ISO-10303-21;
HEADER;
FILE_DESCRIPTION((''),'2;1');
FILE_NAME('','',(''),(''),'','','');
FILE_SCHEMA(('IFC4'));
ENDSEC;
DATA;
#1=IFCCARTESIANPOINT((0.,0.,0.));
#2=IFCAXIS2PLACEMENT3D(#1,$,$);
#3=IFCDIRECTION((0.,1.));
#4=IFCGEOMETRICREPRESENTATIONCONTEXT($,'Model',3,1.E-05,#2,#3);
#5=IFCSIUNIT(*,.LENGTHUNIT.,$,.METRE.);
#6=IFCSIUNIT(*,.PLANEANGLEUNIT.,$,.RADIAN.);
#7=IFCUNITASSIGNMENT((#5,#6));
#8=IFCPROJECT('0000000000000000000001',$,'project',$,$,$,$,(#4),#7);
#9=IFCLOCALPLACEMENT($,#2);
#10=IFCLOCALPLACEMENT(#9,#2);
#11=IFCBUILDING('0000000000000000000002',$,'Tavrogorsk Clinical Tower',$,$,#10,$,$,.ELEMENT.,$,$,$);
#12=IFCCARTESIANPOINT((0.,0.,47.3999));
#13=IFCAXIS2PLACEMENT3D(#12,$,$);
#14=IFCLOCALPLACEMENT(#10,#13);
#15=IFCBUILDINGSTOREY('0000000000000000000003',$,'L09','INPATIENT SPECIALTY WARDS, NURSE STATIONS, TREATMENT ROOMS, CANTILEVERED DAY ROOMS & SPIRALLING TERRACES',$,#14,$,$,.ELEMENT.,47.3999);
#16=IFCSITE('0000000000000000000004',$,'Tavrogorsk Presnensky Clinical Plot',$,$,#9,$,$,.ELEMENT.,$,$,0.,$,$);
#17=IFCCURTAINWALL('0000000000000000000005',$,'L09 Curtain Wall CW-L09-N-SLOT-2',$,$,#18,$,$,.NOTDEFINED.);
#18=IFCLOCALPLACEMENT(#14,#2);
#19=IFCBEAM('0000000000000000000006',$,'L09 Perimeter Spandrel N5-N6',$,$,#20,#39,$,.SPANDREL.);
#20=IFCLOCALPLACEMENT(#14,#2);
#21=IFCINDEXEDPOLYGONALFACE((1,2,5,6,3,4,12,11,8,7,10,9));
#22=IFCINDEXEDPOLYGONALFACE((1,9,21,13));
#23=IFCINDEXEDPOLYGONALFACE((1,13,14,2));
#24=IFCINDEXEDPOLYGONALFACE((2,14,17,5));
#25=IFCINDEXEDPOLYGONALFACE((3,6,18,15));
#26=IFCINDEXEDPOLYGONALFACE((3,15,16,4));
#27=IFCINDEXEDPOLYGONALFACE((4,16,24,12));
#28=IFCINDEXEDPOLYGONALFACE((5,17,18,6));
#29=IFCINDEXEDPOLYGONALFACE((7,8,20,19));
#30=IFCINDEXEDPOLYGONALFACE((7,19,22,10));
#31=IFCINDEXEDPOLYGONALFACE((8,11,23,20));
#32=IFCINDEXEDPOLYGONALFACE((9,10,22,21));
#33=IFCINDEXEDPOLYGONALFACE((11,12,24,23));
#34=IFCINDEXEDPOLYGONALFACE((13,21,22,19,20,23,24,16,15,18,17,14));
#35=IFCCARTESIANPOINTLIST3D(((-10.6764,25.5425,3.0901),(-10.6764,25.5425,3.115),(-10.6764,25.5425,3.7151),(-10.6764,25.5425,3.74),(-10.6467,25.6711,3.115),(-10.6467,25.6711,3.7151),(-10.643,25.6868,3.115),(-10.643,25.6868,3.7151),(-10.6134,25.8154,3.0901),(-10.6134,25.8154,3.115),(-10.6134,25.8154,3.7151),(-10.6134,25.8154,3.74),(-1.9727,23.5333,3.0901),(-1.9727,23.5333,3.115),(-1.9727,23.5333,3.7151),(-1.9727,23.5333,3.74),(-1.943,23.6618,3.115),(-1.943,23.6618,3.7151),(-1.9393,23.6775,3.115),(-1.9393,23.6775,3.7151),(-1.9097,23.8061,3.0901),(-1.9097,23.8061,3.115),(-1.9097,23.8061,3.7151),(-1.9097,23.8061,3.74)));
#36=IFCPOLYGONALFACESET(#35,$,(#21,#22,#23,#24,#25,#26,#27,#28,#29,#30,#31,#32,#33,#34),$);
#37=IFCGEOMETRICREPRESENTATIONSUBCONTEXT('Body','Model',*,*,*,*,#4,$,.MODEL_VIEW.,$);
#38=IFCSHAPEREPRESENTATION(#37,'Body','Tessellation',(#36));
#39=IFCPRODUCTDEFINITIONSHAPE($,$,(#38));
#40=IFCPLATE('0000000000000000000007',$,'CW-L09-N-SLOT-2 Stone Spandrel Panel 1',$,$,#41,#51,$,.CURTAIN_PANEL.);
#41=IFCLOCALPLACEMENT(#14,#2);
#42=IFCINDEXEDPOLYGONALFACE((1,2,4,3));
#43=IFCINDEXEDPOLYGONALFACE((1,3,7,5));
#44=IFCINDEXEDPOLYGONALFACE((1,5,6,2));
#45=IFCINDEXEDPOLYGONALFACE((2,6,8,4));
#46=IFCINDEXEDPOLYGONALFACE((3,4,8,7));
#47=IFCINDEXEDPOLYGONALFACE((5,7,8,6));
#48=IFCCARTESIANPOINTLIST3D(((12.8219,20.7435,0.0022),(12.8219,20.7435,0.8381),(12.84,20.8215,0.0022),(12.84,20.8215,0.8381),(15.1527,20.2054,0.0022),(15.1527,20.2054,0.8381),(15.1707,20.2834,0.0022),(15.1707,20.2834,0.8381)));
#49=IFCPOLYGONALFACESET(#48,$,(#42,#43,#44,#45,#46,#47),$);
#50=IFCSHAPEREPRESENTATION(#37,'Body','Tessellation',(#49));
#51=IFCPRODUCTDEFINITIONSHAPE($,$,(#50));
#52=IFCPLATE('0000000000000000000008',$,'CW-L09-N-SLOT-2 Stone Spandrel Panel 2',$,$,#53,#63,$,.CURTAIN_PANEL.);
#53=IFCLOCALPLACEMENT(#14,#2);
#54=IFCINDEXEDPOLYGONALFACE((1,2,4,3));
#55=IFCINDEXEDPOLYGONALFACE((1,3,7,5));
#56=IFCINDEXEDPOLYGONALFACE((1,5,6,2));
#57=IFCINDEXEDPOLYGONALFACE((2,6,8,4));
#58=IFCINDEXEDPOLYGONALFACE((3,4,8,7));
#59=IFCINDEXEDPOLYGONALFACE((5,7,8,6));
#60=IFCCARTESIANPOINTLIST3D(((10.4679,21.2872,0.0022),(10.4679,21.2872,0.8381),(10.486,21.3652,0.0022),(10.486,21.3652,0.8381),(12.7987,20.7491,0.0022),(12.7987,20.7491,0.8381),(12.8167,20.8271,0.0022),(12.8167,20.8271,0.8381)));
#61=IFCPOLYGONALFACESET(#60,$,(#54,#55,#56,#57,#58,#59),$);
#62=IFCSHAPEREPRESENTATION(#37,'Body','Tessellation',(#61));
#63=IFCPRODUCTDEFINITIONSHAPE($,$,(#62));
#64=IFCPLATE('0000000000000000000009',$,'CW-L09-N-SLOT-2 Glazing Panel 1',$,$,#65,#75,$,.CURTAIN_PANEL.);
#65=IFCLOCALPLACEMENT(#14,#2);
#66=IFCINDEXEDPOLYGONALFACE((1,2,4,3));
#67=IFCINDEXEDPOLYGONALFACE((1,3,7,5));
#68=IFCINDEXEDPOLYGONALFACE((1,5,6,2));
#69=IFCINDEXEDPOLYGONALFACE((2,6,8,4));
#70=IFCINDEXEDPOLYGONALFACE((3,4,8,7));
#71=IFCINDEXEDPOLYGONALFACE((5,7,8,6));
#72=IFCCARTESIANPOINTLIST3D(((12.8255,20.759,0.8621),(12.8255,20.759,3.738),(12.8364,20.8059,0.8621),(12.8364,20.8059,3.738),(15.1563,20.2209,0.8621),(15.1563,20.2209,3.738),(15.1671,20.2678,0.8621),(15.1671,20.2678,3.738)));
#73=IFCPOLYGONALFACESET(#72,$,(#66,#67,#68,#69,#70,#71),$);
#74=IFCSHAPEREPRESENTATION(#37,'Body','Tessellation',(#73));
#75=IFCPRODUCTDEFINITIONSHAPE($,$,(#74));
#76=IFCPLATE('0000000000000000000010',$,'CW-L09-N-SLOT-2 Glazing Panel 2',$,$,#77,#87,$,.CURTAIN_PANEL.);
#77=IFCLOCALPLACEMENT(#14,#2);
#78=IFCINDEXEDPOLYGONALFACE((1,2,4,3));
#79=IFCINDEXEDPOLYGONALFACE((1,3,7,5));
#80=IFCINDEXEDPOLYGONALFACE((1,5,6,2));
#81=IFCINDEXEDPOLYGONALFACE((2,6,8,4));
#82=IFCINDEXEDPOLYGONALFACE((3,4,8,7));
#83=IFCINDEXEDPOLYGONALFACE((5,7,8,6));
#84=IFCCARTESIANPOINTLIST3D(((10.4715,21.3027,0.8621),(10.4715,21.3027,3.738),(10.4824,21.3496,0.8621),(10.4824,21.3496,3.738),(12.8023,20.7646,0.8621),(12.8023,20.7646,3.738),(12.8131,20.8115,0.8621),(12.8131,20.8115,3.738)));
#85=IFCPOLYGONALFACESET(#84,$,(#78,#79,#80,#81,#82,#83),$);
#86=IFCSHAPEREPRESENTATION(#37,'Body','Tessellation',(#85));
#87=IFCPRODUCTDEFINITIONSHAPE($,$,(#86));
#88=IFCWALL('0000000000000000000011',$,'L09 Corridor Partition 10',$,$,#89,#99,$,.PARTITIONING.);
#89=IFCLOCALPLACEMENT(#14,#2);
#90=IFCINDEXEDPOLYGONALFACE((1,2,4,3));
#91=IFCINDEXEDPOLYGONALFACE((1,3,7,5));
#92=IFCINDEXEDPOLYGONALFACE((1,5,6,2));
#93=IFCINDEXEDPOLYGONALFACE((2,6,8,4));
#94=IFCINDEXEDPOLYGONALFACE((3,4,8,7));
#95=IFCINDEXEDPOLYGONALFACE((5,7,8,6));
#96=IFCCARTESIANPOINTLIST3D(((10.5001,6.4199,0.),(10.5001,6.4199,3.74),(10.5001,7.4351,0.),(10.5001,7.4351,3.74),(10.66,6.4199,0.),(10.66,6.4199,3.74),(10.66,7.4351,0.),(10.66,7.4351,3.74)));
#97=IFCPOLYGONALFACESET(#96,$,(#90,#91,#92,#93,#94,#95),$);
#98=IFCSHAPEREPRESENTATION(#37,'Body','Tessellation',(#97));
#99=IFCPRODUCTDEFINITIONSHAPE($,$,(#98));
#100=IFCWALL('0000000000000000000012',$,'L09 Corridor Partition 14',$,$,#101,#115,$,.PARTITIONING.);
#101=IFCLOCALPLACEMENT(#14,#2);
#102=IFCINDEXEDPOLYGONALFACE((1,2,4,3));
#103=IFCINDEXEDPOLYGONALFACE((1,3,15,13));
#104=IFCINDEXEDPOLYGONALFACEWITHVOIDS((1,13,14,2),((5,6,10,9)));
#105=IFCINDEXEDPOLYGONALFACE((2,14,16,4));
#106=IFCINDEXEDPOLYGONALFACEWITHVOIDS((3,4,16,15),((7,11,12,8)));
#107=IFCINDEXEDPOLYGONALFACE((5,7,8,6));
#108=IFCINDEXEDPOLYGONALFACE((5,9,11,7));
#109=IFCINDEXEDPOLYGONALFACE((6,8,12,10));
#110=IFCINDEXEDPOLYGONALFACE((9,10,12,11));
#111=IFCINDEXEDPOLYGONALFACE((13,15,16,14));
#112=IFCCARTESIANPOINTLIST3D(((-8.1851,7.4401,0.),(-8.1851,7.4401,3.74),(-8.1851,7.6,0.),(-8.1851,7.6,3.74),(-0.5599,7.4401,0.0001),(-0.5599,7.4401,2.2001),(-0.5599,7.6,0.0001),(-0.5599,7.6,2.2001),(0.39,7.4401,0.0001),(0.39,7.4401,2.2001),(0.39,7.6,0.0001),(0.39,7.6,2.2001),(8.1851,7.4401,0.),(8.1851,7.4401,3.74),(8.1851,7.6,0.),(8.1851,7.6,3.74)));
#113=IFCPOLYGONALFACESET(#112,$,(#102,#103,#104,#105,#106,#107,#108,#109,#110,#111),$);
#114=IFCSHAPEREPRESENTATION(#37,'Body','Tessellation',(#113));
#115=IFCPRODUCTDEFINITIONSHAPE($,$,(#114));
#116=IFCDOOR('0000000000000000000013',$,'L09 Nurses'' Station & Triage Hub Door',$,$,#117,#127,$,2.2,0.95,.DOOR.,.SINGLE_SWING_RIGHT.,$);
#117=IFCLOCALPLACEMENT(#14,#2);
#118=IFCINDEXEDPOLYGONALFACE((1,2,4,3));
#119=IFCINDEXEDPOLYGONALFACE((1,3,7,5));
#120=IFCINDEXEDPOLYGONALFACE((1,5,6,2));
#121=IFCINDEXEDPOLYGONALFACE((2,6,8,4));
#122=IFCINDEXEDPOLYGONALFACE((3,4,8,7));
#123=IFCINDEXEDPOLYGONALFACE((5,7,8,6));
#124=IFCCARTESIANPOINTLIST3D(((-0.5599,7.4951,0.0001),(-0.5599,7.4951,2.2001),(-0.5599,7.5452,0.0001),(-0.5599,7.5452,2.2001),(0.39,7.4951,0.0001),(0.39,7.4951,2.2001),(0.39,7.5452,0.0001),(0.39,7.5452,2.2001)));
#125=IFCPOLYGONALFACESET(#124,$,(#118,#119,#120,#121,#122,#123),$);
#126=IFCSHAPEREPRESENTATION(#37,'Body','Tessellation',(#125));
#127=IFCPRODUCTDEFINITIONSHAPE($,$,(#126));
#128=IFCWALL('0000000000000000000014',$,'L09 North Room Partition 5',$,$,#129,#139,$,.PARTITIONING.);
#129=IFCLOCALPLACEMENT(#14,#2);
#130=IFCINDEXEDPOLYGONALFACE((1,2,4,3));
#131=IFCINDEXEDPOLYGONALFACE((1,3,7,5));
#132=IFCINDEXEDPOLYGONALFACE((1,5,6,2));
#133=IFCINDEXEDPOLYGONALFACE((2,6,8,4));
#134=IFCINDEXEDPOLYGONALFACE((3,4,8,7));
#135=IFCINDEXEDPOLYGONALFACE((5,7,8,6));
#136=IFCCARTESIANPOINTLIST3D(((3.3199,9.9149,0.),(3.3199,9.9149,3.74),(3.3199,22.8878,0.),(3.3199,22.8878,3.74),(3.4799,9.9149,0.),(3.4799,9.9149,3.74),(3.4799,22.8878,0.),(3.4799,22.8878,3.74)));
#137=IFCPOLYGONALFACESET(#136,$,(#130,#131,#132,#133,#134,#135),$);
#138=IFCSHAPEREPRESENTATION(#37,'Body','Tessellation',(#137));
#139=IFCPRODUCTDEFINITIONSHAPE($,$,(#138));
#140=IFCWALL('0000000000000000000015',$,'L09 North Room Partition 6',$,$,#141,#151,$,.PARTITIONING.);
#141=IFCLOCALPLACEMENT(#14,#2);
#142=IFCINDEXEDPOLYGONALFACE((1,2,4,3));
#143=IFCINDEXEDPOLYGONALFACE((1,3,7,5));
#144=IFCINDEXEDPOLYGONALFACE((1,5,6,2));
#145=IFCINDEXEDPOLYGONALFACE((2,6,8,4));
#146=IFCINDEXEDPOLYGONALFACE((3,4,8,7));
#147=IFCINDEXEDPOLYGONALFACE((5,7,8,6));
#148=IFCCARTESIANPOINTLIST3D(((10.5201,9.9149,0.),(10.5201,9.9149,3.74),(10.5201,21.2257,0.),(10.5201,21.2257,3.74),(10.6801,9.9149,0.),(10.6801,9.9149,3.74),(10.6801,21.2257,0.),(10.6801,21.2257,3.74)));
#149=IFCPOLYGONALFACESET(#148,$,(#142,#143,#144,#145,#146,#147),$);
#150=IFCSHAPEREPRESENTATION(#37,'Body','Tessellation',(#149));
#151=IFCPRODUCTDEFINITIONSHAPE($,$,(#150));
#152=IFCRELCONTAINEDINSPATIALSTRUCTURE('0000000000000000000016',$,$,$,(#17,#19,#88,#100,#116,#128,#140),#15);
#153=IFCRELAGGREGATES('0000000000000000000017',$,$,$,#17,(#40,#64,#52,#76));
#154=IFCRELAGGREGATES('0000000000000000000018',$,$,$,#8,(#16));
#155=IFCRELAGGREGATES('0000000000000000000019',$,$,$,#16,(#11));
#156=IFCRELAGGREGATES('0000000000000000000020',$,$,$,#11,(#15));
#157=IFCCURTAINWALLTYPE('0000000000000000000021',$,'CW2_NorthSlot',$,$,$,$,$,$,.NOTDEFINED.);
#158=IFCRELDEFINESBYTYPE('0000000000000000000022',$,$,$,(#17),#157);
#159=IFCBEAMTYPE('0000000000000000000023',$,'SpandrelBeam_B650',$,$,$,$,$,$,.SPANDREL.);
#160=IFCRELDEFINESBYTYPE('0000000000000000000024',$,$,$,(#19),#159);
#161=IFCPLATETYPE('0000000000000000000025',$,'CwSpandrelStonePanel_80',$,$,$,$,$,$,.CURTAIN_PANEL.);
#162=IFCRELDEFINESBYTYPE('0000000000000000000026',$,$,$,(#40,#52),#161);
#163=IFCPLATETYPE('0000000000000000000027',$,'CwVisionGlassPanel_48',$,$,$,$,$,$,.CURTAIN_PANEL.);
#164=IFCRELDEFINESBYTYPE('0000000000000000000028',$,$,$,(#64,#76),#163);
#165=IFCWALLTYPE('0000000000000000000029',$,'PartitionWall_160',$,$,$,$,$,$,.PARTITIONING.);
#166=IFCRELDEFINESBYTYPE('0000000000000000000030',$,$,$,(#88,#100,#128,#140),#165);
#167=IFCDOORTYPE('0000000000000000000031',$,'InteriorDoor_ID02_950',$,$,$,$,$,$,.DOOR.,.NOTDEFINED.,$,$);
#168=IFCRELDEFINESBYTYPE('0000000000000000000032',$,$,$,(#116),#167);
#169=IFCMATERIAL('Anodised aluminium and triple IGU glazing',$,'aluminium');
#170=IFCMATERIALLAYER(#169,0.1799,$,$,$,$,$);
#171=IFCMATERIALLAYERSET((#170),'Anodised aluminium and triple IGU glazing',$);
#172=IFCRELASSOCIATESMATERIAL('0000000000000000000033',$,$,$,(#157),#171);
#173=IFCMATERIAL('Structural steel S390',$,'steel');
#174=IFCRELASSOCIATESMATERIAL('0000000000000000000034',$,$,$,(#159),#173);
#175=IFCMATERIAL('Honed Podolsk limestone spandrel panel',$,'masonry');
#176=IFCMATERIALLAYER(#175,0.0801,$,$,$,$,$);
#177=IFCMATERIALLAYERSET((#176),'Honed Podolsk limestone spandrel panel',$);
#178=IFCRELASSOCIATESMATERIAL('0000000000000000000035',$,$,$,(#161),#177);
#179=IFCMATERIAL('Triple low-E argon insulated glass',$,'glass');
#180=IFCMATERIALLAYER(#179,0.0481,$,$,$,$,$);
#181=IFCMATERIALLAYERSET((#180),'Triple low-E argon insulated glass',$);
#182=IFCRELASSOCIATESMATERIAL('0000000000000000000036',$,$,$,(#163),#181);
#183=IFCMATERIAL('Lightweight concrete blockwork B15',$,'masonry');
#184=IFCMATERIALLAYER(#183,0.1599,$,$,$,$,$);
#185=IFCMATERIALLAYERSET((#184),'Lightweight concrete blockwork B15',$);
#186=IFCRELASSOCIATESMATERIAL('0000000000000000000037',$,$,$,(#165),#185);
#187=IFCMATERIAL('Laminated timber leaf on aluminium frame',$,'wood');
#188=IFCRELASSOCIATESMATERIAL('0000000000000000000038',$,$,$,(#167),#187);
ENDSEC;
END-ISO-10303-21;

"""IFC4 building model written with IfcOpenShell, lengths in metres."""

from ifc_helpers import new_model, si_unit, direction, frame, frame_2d, origin, origin_2d, place, context, subcontext, project, spatial, rectangle, i_section, extrude, material, layer, layer_set, material_profile, profile_set, type_object, element, fill, aggregate, save


model = new_model("IFC4")

# Units and contexts
model_context = context("Model", 3, precision=1e-05, world=origin(), true_north=direction((0.0, 1.0)))
body_context = subcontext(model_context, "Body", "Model", "MODEL_VIEW")
ifc_project = project(units=[si_unit("LENGTHUNIT", "METRE"), si_unit("PLANEANGLEUNIT", "RADIAN")], contexts=[model_context])

# Site, building, storey
site_placement = place(None, origin())
site = spatial("IfcSite", under=ifc_project, at=site_placement, Name="Tavrogorsk Presnensky Clinical Plot", CompositionType="ELEMENT", RefElevation=0.0)
building_placement = place(site_placement, origin())
building = spatial("IfcBuilding", under=site, at=building_placement, Name="Tavrogorsk Clinical Tower", CompositionType="ELEMENT")
storey_placement = place(building_placement, frame((0.0, 0.0, 47.3999)))
storey = spatial("IfcBuildingStorey", under=building, at=storey_placement, Name="L09", Description="INPATIENT SPECIALTY WARDS, NURSE STATIONS, TREATMENT ROOMS, CANTILEVERED DAY ROOMS & SPIRALLING TERRACES", CompositionType="ELEMENT", Elevation=47.3999)

# Curtain wall
ifc_material_1 = material(Name="Anodised aluminium and triple IGU glazing", Category="aluminium")
ifc_layer_1 = layer(ifc_material_1, 0.1799)
ifc_layer_set_1 = layer_set([ifc_layer_1], Name="Anodised aluminium and triple IGU glazing")
curtain_wall_type = type_object("IfcCurtainWallType", Name="CW2_NorthSlot", PredefinedType="NOTDEFINED", material=ifc_layer_set_1)
curtain_wall_placement = place(storey_placement, origin())
curtain_wall = element("IfcCurtainWall", 1, at=curtain_wall_placement, inside=storey, type_object=curtain_wall_type, Name="L09 Curtain Wall CW-L09-N-SLOT-2", PredefinedType="NOTDEFINED")

# Beam
ifc_material_2 = material(Name="Structural steel S390", Category="steel")
ifc_material_profile_1 = material_profile(ifc_material_2, i_section(OverallWidth=0.28, OverallDepth=0.6499, WebThickness=0.0161, FlangeThickness=0.0249, at=origin_2d()), Name="B-650x280x16x25")
ifc_profile_set_1 = profile_set([ifc_material_profile_1], Name="Structural steel S390")
beam_type_1 = type_object("IfcBeamType", Name="SpandrelBeam_B650", PredefinedType="SPANDREL", material=ifc_profile_set_1)
for number, where, z_axis, x_axis, name in (
    (2, (-1.9412, 23.6697, 3.415), (-0.974373, 0.224939, 0.0), (-0.224939, -0.974373, 0.0), "L09 Perimeter Spandrel N5-N6"),
):
    element("IfcBeam", number, at=place(storey_placement, frame(where, z_axis=z_axis, x_axis=x_axis)), inside=storey, type_object=beam_type_1, Name=name, PredefinedType="SPANDREL", context=body_context, shape_type="SweptSolid", body=[
        extrude(i_section(OverallWidth=0.28, OverallDepth=0.6499, WebThickness=0.0161, FlangeThickness=0.0249, at=origin_2d()), origin(), (0.0, 0.0, 1.0), 8.9326),
    ])

# Plates
ifc_material_3 = material(Name="Honed Podolsk limestone spandrel panel", Category="masonry")
ifc_layer_2 = layer(ifc_material_3, 0.0801)
ifc_layer_set_2 = layer_set([ifc_layer_2], Name="Honed Podolsk limestone spandrel panel")
plate_type_1 = type_object("IfcPlateType", Name="CwSpandrelStonePanel_80", PredefinedType="CURTAIN_PANEL", material=ifc_layer_set_2)
plate_1_placement = place(storey_placement, frame((13.9963, 20.5134, 0.0022), z_axis=(0.0, 0.0, 1.0), x_axis=(-0.97437, 0.224951, 0.0)))
plate_1 = element("IfcPlate", 3, at=plate_1_placement, type_object=plate_type_1, Name="CW-L09-N-SLOT-2 Stone Spandrel Panel 1", PredefinedType="CURTAIN_PANEL", context=body_context, shape_type="SweptSolid", body=[
    extrude(rectangle(XDim=2.3921, YDim=0.0801, at=origin_2d()), origin(), (0.0, 0.0, 1.0), 0.8359),
])
plate_2_placement = place(storey_placement, frame((11.6423, 21.0571, 0.0022), z_axis=(0.0, 0.0, 1.0), x_axis=(-0.97437, 0.224951, 0.0)))
plate_2 = element("IfcPlate", 4, at=plate_2_placement, type_object=plate_type_1, Name="CW-L09-N-SLOT-2 Stone Spandrel Panel 2", PredefinedType="CURTAIN_PANEL", context=body_context, shape_type="SweptSolid", body=[
    extrude(rectangle(XDim=2.3921, YDim=0.0801, at=origin_2d()), origin(), (0.0, 0.0, 1.0), 0.8359),
])
ifc_material_4 = material(Name="Triple low-E argon insulated glass", Category="glass")
ifc_layer_3 = layer(ifc_material_4, 0.0481)
ifc_layer_set_3 = layer_set([ifc_layer_3], Name="Triple low-E argon insulated glass")
plate_type_2 = type_object("IfcPlateType", Name="CwVisionGlassPanel_48", PredefinedType="CURTAIN_PANEL", material=ifc_layer_set_3)
plate_3_placement = place(storey_placement, frame((13.9963, 20.5134, 0.8621), z_axis=(0.0, 0.0, 1.0), x_axis=(-0.97437, 0.224951, 0.0)))
plate_3 = element("IfcPlate", 5, at=plate_3_placement, type_object=plate_type_2, Name="CW-L09-N-SLOT-2 Glazing Panel 1", PredefinedType="CURTAIN_PANEL", context=body_context, shape_type="SweptSolid", body=[
    extrude(rectangle(XDim=2.3921, YDim=0.0481, at=origin_2d()), origin(), (0.0, 0.0, 1.0), 2.876),
])
plate_4_placement = place(storey_placement, frame((11.6423, 21.0571, 0.8621), z_axis=(0.0, 0.0, 1.0), x_axis=(-0.97437, 0.224951, 0.0)))
plate_4 = element("IfcPlate", 6, at=plate_4_placement, type_object=plate_type_2, Name="CW-L09-N-SLOT-2 Glazing Panel 2", PredefinedType="CURTAIN_PANEL", context=body_context, shape_type="SweptSolid", body=[
    extrude(rectangle(XDim=2.3921, YDim=0.0481, at=origin_2d()), origin(), (0.0, 0.0, 1.0), 2.876),
])
aggregate(curtain_wall, [plate_1, plate_3, plate_2, plate_4])

# Wall
ifc_material_5 = material(Name="Lightweight concrete blockwork B15", Category="masonry")
ifc_layer_4 = layer(ifc_material_5, 0.1599)
ifc_layer_set_4 = layer_set([ifc_layer_4], Name="Lightweight concrete blockwork B15")
wall_type_1 = type_object("IfcWallType", Name="PartitionWall_160", PredefinedType="PARTITIONING", material=ifc_layer_set_4)
wall_1_placement = place(storey_placement, frame((10.5801, 7.4351, 0.0), z_axis=(0.0, 0.0, 1.0), x_axis=(0.0, -1.0, 0.0)))
element("IfcWall", 7, at=wall_1_placement, inside=storey, type_object=wall_type_1, Name="L09 Corridor Partition 10", PredefinedType="PARTITIONING", context=body_context, shape_type="SweptSolid", body=[
    extrude(rectangle(XDim=1.0151, YDim=0.1599, at=frame_2d((0.5076, 0.0))), origin(), (0.0, 0.0, 1.0), 3.74),
])

# Wall, opening, door
wall_2_placement = place(storey_placement, frame((8.1851, 7.52, 0.0), z_axis=(0.0, 0.0, 1.0), x_axis=(-1.0, 0.0, 0.0)))
wall_2 = element("IfcWall", 8, at=wall_2_placement, inside=storey, type_object=wall_type_1, Name="L09 Corridor Partition 14", PredefinedType="PARTITIONING", context=body_context, shape_type="SweptSolid", body=[
    extrude(rectangle(XDim=16.3701, YDim=0.1599, at=frame_2d((8.1851, 0.0))), origin(), (0.0, 0.0, 1.0), 3.74),
])
opening_1_placement = place(wall_2_placement, frame((7.7949, 0.0, 0.0)))
opening_1 = element("IfcOpeningElement", 9, at=opening_1_placement, cuts=wall_2, PredefinedType="OPENING", context=body_context, shape_type="SweptSolid", body=[
    extrude(rectangle(XDim=0.95, YDim=2.2, at=frame_2d((0.4751, 1.1001))), frame((0.0, 0.0898, 0.0), z_axis=(0.0, -1.0, 0.0), x_axis=(1.0, 0.0, 0.0)), (0.0, 0.0, 1.0), 0.1799),
])
ifc_material_6 = material(Name="Laminated timber leaf on aluminium frame", Category="wood")
door_type = type_object("IfcDoorType", Name="InteriorDoor_ID02_950", OperationType="NOTDEFINED", PredefinedType="DOOR", material=ifc_material_6)
door_placement = place(opening_1_placement, origin())
door = element("IfcDoor", 10, at=door_placement, inside=storey, type_object=door_type, Name="L09 Nurses' Station & Triage Hub Door", OperationType="SINGLE_SWING_RIGHT", OverallHeight=2.2, OverallWidth=0.95, PredefinedType="DOOR", context=body_context, shape_type="SweptSolid", body=[
    extrude(rectangle(XDim=0.95, YDim=2.2, at=frame_2d((0.4751, 1.1001))), frame((0.0, 0.0249, 0.0), z_axis=(0.0, -1.0, 0.0), x_axis=(1.0, 0.0, 0.0)), (0.0, 0.0, 1.0), 0.05),
])
fill(opening_1, door)

# Walls
wall_3_placement = place(storey_placement, frame((3.3999, 9.915, 0.0), z_axis=(0.0, 0.0, 1.0), x_axis=(0.0, 1.0, 0.0)))
element("IfcWall", 11, at=wall_3_placement, inside=storey, type_object=wall_type_1, Name="L09 North Room Partition 5", PredefinedType="PARTITIONING", context=body_context, shape_type="SweptSolid", body=[
    extrude(rectangle(XDim=12.9729, YDim=0.1599, at=frame_2d((6.4863, 0.0))), origin(), (0.0, 0.0, 1.0), 3.74),
])
wall_4_placement = place(storey_placement, frame((10.6001, 9.915, 0.0), z_axis=(0.0, 0.0, 1.0), x_axis=(0.0, 1.0, 0.0)))
element("IfcWall", 12, at=wall_4_placement, inside=storey, type_object=wall_type_1, Name="L09 North Room Partition 6", PredefinedType="PARTITIONING", context=body_context, shape_type="SweptSolid", body=[
    extrude(rectangle(XDim=11.3108, YDim=0.1599, at=frame_2d((5.6553, 0.0))), origin(), (0.0, 0.0, 1.0), 3.74),
])

save(model, "model.ifc")
